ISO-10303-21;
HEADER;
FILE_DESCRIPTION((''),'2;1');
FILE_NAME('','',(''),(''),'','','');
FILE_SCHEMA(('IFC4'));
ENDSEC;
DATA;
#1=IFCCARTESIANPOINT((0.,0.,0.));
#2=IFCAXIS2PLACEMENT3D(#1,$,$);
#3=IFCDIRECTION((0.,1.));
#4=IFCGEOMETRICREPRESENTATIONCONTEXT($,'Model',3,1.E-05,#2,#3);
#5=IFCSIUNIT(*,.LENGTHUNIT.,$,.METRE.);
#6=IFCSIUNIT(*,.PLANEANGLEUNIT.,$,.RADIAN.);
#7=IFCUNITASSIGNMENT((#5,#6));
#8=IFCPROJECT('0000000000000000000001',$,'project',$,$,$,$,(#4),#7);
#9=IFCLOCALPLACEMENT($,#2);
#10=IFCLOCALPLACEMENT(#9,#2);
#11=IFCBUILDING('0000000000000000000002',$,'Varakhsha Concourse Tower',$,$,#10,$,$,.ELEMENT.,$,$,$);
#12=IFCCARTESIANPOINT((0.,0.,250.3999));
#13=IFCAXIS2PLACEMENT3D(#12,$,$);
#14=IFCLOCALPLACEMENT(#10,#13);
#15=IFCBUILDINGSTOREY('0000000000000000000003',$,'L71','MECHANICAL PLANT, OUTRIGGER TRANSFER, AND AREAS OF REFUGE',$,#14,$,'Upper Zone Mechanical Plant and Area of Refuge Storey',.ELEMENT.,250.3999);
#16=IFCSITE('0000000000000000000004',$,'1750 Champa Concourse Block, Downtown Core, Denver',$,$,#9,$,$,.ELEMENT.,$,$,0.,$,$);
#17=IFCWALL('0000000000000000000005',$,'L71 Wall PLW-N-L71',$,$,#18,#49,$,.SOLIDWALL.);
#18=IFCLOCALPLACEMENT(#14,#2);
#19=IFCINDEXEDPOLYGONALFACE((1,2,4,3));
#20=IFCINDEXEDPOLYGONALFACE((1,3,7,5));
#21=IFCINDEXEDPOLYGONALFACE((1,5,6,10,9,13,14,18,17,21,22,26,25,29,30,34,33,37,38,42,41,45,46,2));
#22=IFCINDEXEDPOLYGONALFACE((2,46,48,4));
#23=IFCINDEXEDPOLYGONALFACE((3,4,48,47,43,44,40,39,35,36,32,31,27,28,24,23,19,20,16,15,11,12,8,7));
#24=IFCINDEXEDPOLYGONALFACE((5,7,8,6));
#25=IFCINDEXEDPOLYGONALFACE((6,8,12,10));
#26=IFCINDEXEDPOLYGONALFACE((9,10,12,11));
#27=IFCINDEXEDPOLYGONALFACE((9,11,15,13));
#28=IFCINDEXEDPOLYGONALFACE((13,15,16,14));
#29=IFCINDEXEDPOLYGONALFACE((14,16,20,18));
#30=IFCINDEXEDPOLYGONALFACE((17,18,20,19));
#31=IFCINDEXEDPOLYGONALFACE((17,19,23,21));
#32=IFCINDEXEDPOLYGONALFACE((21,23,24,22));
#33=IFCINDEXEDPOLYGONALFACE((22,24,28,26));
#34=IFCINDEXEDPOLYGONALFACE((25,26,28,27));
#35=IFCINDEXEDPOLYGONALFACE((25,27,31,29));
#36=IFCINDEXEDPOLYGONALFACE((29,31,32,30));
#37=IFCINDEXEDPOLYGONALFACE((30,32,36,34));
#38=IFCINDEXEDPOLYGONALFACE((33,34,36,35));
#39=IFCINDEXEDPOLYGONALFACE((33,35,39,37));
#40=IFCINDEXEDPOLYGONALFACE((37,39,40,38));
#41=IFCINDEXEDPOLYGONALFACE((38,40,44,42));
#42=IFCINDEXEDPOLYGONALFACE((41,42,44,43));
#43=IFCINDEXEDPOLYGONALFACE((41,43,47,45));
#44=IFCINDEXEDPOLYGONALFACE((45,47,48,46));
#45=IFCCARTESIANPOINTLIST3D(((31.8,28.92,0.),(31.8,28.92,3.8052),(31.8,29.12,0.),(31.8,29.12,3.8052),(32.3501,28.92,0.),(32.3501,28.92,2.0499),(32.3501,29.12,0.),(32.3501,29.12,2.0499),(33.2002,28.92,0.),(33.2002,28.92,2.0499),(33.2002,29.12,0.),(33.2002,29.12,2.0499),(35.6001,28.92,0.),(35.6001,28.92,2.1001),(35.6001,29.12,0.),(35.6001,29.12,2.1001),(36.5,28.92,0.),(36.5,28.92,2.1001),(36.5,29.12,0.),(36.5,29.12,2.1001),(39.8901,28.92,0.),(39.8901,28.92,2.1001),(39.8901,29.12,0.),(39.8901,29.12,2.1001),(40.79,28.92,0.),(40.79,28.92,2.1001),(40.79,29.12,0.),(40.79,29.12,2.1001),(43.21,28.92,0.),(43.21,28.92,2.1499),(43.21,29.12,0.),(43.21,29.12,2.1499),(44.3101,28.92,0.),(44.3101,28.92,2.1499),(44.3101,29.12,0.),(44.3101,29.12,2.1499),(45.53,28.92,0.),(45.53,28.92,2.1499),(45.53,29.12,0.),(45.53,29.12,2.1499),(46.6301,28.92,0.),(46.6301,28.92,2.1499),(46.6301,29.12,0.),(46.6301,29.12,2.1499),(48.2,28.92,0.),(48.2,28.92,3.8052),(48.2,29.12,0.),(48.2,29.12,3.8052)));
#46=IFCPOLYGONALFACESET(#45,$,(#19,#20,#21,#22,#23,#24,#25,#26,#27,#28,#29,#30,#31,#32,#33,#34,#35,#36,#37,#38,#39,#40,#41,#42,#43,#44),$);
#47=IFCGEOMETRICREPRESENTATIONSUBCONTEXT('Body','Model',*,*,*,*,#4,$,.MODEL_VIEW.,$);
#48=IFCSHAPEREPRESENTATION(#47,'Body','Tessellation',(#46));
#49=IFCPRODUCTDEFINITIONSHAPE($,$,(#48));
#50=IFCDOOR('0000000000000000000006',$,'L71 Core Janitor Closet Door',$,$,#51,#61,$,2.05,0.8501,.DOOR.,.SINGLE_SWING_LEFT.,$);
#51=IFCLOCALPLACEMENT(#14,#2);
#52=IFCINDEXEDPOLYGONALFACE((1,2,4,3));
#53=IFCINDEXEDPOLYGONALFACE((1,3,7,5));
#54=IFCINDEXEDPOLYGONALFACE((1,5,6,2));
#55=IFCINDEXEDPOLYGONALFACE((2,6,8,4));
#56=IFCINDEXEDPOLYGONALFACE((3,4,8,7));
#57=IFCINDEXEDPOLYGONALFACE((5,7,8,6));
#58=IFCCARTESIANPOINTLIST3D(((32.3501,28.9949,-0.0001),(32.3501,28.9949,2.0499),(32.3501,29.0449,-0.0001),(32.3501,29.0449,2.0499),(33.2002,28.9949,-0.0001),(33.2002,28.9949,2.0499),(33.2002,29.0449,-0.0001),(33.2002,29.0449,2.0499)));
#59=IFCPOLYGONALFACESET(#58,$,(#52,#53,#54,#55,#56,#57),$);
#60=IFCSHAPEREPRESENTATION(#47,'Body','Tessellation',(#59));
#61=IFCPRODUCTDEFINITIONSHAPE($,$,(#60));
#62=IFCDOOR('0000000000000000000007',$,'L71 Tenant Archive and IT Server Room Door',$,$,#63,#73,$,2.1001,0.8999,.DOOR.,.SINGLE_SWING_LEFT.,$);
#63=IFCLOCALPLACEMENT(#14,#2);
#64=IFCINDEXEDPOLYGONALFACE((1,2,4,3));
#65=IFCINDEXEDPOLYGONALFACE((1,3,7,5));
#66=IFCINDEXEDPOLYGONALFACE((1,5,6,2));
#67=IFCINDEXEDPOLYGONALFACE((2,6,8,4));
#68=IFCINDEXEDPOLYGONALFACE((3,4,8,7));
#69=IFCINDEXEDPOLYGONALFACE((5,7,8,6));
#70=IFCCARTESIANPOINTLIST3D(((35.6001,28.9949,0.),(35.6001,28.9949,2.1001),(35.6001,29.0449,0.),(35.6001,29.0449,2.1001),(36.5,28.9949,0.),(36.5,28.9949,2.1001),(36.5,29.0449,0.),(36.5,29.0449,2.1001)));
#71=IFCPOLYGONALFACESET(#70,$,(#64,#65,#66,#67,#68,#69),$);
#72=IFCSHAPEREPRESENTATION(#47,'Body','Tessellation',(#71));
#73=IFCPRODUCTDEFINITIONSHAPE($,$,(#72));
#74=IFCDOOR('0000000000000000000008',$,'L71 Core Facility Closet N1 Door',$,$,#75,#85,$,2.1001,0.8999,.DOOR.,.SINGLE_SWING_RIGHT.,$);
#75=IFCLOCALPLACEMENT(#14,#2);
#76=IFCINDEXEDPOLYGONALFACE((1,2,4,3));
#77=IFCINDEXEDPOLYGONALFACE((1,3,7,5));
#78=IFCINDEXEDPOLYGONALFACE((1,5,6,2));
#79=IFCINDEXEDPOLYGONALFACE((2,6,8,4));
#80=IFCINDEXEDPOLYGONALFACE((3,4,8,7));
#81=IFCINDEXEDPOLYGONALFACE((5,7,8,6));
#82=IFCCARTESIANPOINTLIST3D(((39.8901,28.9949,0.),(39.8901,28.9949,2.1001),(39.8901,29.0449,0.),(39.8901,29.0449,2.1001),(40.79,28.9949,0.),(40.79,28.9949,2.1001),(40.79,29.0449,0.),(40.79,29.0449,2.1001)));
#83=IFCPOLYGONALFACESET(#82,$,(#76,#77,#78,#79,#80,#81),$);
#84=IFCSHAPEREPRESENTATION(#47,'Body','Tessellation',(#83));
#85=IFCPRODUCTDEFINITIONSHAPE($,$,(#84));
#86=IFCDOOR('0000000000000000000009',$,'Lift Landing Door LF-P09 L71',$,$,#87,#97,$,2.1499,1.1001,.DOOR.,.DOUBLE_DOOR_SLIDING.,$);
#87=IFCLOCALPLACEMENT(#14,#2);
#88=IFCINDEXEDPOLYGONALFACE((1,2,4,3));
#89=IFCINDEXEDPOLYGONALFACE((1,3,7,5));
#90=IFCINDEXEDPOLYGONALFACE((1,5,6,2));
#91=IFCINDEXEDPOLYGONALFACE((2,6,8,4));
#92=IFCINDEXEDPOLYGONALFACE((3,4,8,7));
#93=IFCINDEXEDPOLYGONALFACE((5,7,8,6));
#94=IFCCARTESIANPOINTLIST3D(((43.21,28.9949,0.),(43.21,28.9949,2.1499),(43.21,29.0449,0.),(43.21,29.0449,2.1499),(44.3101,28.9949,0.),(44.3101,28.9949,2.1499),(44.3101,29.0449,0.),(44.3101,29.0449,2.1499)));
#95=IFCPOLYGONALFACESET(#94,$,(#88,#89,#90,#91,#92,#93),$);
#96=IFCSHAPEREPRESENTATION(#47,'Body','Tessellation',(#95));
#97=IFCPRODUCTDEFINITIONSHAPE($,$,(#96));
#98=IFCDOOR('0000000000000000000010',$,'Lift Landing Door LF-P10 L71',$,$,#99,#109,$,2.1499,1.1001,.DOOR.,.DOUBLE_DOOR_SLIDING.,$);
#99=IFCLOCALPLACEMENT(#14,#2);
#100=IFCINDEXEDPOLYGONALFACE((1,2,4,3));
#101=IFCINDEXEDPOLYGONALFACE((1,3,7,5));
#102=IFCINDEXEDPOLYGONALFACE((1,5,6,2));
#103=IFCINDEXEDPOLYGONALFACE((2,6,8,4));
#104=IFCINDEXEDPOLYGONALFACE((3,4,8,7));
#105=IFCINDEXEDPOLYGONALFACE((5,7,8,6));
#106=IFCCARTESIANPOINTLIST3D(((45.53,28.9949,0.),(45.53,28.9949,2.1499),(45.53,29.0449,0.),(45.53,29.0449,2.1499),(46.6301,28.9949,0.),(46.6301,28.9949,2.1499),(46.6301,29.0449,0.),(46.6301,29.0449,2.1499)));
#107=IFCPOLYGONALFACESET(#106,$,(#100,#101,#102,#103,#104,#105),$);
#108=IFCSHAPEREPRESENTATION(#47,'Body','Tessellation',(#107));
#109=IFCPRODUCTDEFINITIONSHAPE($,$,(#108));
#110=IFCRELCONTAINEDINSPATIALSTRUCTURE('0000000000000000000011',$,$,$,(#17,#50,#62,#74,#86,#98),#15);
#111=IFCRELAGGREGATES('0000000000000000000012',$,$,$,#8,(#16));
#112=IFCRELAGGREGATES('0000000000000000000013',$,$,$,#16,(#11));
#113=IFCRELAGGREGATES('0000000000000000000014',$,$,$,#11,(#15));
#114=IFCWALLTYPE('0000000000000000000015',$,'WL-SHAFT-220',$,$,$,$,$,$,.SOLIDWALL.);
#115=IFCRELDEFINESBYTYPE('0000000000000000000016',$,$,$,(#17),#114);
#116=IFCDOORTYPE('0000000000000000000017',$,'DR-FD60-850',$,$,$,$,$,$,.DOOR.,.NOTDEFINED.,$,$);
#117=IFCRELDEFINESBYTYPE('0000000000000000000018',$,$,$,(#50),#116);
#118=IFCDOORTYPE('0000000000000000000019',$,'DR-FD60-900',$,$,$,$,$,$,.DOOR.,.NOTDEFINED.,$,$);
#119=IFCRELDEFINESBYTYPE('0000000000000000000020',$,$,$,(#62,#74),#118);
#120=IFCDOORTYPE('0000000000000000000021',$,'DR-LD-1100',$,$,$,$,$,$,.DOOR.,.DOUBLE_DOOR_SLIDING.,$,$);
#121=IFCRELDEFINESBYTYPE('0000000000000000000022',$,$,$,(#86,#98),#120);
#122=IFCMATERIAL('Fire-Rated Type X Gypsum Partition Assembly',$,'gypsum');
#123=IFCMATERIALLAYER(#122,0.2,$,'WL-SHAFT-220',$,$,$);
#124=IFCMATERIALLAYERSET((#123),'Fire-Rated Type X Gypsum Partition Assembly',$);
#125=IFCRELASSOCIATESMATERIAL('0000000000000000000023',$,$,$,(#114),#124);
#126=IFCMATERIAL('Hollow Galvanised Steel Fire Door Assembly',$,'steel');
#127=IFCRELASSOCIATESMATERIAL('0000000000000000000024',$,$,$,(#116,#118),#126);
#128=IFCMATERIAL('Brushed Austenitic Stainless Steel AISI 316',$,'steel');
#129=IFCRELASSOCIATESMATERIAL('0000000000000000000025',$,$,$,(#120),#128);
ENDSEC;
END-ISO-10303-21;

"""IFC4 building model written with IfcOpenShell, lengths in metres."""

from ifc_helpers import new_model, si_unit, direction, frame, frame_2d, origin, place, context, subcontext, project, spatial, rectangle, extrude, material, layer, layer_set, type_object, element, fill, save


model = new_model("IFC4")

# Units and contexts
model_context = context("Model", 3, precision=1e-05, world=origin(), true_north=direction((0.0, 1.0)))
body_context = subcontext(model_context, "Body", "Model", "MODEL_VIEW")
ifc_project = project(units=[si_unit("LENGTHUNIT", "METRE"), si_unit("PLANEANGLEUNIT", "RADIAN")], contexts=[model_context])

# Site, building, storey
site_placement = place(None, origin())
site = spatial("IfcSite", under=ifc_project, at=site_placement, Name="1750 Champa Concourse Block, Downtown Core, Denver", CompositionType="ELEMENT", RefElevation=0.0)
building_placement = place(site_placement, origin())
building = spatial("IfcBuilding", under=site, at=building_placement, Name="Varakhsha Concourse Tower", CompositionType="ELEMENT")
storey_placement = place(building_placement, frame((0.0, 0.0, 250.3999)))
storey = spatial("IfcBuildingStorey", under=building, at=storey_placement, Name="L71", Description="MECHANICAL PLANT, OUTRIGGER TRANSFER, AND AREAS OF REFUGE", LongName="Upper Zone Mechanical Plant and Area of Refuge Storey", CompositionType="ELEMENT", Elevation=250.3999)

# Shared definitions
ifc_material_1 = material(Name="Fire-Rated Type X Gypsum Partition Assembly", Category="gypsum")
ifc_material_2 = material(Name="Hollow Galvanised Steel Fire Door Assembly", Category="steel")

# Wall, openings, doors
ifc_layer_1 = layer(ifc_material_1, 0.2, Name="WL-SHAFT-220")
ifc_layer_set_1 = layer_set([ifc_layer_1], Name="Fire-Rated Type X Gypsum Partition Assembly")
wall_type_1 = type_object("IfcWallType", Name="WL-SHAFT-220", PredefinedType="SOLIDWALL", material=ifc_layer_set_1)
wall_1_placement = place(storey_placement, frame((31.8, 29.02, 0.0), z_axis=(0.0, 0.0, 1.0), x_axis=(1.0, 0.0, 0.0)))
wall_1 = element("IfcWall", 1, at=wall_1_placement, inside=storey, type_object=wall_type_1, Name="L71 Wall PLW-N-L71", PredefinedType="SOLIDWALL", context=body_context, shape_type="SweptSolid", body=[
    extrude(rectangle(XDim=16.3999, YDim=0.2, at=frame_2d((8.2, 0.0))), origin(), (0.0, 0.0, 1.0), 3.8052),
])
opening_1_placement = place(wall_1_placement, frame((0.55, 0.0, 0.0)))
opening_1 = element("IfcOpeningElement", 2, at=opening_1_placement, cuts=wall_1, PredefinedType="OPENING", context=body_context, shape_type="SweptSolid", body=[
    extrude(rectangle(XDim=0.8501, YDim=2.05, at=frame_2d((0.425, 1.0249))), frame((0.0, 0.1099, 0.0), z_axis=(0.0, -1.0, 0.0), x_axis=(1.0, 0.0, 0.0)), (0.0, 0.0, 1.0), 0.22),
])
opening_2_placement = place(wall_1_placement, frame((3.8, 0.0, 0.0)))
opening_2 = element("IfcOpeningElement", 3, at=opening_2_placement, cuts=wall_1, PredefinedType="OPENING", context=body_context, shape_type="SweptSolid", body=[
    extrude(rectangle(XDim=0.8999, YDim=2.1001, at=frame_2d((0.45, 1.05))), frame((0.0, 0.1099, 0.0), z_axis=(0.0, -1.0, 0.0), x_axis=(1.0, 0.0, 0.0)), (0.0, 0.0, 1.0), 0.22),
])
opening_3_placement = place(wall_1_placement, frame((8.0901, 0.0, 0.0)))
opening_3 = element("IfcOpeningElement", 4, at=opening_3_placement, cuts=wall_1, PredefinedType="OPENING", context=body_context, shape_type="SweptSolid", body=[
    extrude(rectangle(XDim=0.8999, YDim=2.1001, at=frame_2d((0.45, 1.05))), frame((0.0, 0.1099, 0.0), z_axis=(0.0, -1.0, 0.0), x_axis=(1.0, 0.0, 0.0)), (0.0, 0.0, 1.0), 0.22),
])
opening_4_placement = place(wall_1_placement, frame((11.4099, 0.0, 0.0)))
opening_4 = element("IfcOpeningElement", 5, at=opening_4_placement, cuts=wall_1, PredefinedType="OPENING", context=body_context, shape_type="SweptSolid", body=[
    extrude(rectangle(XDim=1.1001, YDim=2.1499, at=frame_2d((0.55, 1.075))), frame((0.0, 0.1099, 0.0), z_axis=(0.0, -1.0, 0.0), x_axis=(1.0, 0.0, 0.0)), (0.0, 0.0, 1.0), 0.22),
])
opening_5_placement = place(wall_1_placement, frame((13.73, 0.0, 0.0)))
opening_5 = element("IfcOpeningElement", 6, at=opening_5_placement, cuts=wall_1, PredefinedType="OPENING", context=body_context, shape_type="SweptSolid", body=[
    extrude(rectangle(XDim=1.1001, YDim=2.1499, at=frame_2d((0.55, 1.075))), frame((0.0, 0.1099, 0.0), z_axis=(0.0, -1.0, 0.0), x_axis=(1.0, 0.0, 0.0)), (0.0, 0.0, 1.0), 0.22),
])
door_type_1 = type_object("IfcDoorType", Name="DR-FD60-850", OperationType="NOTDEFINED", PredefinedType="DOOR", material=ifc_material_2)
door_1_placement = place(opening_1_placement, origin())
door_1 = element("IfcDoor", 7, at=door_1_placement, inside=storey, type_object=door_type_1, Name="L71 Core Janitor Closet Door", OperationType="SINGLE_SWING_LEFT", OverallHeight=2.05, OverallWidth=0.8501, PredefinedType="DOOR", context=body_context, shape_type="SweptSolid", body=[
    extrude(rectangle(XDim=0.8501, YDim=2.05, at=frame_2d((0.425, 1.0249))), frame((0.0, 0.0249, 0.0), z_axis=(0.0, -1.0, 0.0), x_axis=(1.0, 0.0, 0.0)), (0.0, 0.0, 1.0), 0.05),
])
fill(opening_1, door_1)
door_type_2 = type_object("IfcDoorType", Name="DR-FD60-900", OperationType="NOTDEFINED", PredefinedType="DOOR", material=ifc_material_2)
door_2_placement = place(opening_2_placement, origin())
door_2 = element("IfcDoor", 8, at=door_2_placement, inside=storey, type_object=door_type_2, Name="L71 Tenant Archive and IT Server Room Door", OperationType="SINGLE_SWING_LEFT", OverallHeight=2.1001, OverallWidth=0.8999, PredefinedType="DOOR", context=body_context, shape_type="SweptSolid", body=[
    extrude(rectangle(XDim=0.8999, YDim=2.1001, at=frame_2d((0.45, 1.05))), frame((0.0, 0.0249, 0.0), z_axis=(0.0, -1.0, 0.0), x_axis=(1.0, 0.0, 0.0)), (0.0, 0.0, 1.0), 0.05),
])
fill(opening_2, door_2)
door_3_placement = place(opening_3_placement, origin())
door_3 = element("IfcDoor", 9, at=door_3_placement, inside=storey, type_object=door_type_2, Name="L71 Core Facility Closet N1 Door", OperationType="SINGLE_SWING_RIGHT", OverallHeight=2.1001, OverallWidth=0.8999, PredefinedType="DOOR", context=body_context, shape_type="SweptSolid", body=[
    extrude(rectangle(XDim=0.8999, YDim=2.1001, at=frame_2d((0.45, 1.05))), frame((0.0, 0.0249, 0.0), z_axis=(0.0, -1.0, 0.0), x_axis=(1.0, 0.0, 0.0)), (0.0, 0.0, 1.0), 0.05),
])
fill(opening_3, door_3)
ifc_material_3 = material(Name="Brushed Austenitic Stainless Steel AISI 316", Category="steel")
door_type_3 = type_object("IfcDoorType", Name="DR-LD-1100", OperationType="DOUBLE_DOOR_SLIDING", PredefinedType="DOOR", material=ifc_material_3)
door_4_placement = place(opening_4_placement, origin())
door_4 = element("IfcDoor", 10, at=door_4_placement, inside=storey, type_object=door_type_3, Name="Lift Landing Door LF-P09 L71", OperationType="DOUBLE_DOOR_SLIDING", OverallHeight=2.1499, OverallWidth=1.1001, PredefinedType="DOOR", context=body_context, shape_type="SweptSolid", body=[
    extrude(rectangle(XDim=1.1001, YDim=2.1499, at=frame_2d((0.55, 1.075))), frame((0.0, 0.0249, 0.0), z_axis=(0.0, -1.0, 0.0), x_axis=(1.0, 0.0, 0.0)), (0.0, 0.0, 1.0), 0.05),
])
fill(opening_4, door_4)
door_5_placement = place(opening_5_placement, origin())
door_5 = element("IfcDoor", 11, at=door_5_placement, inside=storey, type_object=door_type_3, Name="Lift Landing Door LF-P10 L71", OperationType="DOUBLE_DOOR_SLIDING", OverallHeight=2.1499, OverallWidth=1.1001, PredefinedType="DOOR", context=body_context, shape_type="SweptSolid", body=[
    extrude(rectangle(XDim=1.1001, YDim=2.1499, at=frame_2d((0.55, 1.075))), frame((0.0, 0.0249, 0.0), z_axis=(0.0, -1.0, 0.0), x_axis=(1.0, 0.0, 0.0)), (0.0, 0.0, 1.0), 0.05),
])
fill(opening_5, door_5)

save(model, "model.ifc")
